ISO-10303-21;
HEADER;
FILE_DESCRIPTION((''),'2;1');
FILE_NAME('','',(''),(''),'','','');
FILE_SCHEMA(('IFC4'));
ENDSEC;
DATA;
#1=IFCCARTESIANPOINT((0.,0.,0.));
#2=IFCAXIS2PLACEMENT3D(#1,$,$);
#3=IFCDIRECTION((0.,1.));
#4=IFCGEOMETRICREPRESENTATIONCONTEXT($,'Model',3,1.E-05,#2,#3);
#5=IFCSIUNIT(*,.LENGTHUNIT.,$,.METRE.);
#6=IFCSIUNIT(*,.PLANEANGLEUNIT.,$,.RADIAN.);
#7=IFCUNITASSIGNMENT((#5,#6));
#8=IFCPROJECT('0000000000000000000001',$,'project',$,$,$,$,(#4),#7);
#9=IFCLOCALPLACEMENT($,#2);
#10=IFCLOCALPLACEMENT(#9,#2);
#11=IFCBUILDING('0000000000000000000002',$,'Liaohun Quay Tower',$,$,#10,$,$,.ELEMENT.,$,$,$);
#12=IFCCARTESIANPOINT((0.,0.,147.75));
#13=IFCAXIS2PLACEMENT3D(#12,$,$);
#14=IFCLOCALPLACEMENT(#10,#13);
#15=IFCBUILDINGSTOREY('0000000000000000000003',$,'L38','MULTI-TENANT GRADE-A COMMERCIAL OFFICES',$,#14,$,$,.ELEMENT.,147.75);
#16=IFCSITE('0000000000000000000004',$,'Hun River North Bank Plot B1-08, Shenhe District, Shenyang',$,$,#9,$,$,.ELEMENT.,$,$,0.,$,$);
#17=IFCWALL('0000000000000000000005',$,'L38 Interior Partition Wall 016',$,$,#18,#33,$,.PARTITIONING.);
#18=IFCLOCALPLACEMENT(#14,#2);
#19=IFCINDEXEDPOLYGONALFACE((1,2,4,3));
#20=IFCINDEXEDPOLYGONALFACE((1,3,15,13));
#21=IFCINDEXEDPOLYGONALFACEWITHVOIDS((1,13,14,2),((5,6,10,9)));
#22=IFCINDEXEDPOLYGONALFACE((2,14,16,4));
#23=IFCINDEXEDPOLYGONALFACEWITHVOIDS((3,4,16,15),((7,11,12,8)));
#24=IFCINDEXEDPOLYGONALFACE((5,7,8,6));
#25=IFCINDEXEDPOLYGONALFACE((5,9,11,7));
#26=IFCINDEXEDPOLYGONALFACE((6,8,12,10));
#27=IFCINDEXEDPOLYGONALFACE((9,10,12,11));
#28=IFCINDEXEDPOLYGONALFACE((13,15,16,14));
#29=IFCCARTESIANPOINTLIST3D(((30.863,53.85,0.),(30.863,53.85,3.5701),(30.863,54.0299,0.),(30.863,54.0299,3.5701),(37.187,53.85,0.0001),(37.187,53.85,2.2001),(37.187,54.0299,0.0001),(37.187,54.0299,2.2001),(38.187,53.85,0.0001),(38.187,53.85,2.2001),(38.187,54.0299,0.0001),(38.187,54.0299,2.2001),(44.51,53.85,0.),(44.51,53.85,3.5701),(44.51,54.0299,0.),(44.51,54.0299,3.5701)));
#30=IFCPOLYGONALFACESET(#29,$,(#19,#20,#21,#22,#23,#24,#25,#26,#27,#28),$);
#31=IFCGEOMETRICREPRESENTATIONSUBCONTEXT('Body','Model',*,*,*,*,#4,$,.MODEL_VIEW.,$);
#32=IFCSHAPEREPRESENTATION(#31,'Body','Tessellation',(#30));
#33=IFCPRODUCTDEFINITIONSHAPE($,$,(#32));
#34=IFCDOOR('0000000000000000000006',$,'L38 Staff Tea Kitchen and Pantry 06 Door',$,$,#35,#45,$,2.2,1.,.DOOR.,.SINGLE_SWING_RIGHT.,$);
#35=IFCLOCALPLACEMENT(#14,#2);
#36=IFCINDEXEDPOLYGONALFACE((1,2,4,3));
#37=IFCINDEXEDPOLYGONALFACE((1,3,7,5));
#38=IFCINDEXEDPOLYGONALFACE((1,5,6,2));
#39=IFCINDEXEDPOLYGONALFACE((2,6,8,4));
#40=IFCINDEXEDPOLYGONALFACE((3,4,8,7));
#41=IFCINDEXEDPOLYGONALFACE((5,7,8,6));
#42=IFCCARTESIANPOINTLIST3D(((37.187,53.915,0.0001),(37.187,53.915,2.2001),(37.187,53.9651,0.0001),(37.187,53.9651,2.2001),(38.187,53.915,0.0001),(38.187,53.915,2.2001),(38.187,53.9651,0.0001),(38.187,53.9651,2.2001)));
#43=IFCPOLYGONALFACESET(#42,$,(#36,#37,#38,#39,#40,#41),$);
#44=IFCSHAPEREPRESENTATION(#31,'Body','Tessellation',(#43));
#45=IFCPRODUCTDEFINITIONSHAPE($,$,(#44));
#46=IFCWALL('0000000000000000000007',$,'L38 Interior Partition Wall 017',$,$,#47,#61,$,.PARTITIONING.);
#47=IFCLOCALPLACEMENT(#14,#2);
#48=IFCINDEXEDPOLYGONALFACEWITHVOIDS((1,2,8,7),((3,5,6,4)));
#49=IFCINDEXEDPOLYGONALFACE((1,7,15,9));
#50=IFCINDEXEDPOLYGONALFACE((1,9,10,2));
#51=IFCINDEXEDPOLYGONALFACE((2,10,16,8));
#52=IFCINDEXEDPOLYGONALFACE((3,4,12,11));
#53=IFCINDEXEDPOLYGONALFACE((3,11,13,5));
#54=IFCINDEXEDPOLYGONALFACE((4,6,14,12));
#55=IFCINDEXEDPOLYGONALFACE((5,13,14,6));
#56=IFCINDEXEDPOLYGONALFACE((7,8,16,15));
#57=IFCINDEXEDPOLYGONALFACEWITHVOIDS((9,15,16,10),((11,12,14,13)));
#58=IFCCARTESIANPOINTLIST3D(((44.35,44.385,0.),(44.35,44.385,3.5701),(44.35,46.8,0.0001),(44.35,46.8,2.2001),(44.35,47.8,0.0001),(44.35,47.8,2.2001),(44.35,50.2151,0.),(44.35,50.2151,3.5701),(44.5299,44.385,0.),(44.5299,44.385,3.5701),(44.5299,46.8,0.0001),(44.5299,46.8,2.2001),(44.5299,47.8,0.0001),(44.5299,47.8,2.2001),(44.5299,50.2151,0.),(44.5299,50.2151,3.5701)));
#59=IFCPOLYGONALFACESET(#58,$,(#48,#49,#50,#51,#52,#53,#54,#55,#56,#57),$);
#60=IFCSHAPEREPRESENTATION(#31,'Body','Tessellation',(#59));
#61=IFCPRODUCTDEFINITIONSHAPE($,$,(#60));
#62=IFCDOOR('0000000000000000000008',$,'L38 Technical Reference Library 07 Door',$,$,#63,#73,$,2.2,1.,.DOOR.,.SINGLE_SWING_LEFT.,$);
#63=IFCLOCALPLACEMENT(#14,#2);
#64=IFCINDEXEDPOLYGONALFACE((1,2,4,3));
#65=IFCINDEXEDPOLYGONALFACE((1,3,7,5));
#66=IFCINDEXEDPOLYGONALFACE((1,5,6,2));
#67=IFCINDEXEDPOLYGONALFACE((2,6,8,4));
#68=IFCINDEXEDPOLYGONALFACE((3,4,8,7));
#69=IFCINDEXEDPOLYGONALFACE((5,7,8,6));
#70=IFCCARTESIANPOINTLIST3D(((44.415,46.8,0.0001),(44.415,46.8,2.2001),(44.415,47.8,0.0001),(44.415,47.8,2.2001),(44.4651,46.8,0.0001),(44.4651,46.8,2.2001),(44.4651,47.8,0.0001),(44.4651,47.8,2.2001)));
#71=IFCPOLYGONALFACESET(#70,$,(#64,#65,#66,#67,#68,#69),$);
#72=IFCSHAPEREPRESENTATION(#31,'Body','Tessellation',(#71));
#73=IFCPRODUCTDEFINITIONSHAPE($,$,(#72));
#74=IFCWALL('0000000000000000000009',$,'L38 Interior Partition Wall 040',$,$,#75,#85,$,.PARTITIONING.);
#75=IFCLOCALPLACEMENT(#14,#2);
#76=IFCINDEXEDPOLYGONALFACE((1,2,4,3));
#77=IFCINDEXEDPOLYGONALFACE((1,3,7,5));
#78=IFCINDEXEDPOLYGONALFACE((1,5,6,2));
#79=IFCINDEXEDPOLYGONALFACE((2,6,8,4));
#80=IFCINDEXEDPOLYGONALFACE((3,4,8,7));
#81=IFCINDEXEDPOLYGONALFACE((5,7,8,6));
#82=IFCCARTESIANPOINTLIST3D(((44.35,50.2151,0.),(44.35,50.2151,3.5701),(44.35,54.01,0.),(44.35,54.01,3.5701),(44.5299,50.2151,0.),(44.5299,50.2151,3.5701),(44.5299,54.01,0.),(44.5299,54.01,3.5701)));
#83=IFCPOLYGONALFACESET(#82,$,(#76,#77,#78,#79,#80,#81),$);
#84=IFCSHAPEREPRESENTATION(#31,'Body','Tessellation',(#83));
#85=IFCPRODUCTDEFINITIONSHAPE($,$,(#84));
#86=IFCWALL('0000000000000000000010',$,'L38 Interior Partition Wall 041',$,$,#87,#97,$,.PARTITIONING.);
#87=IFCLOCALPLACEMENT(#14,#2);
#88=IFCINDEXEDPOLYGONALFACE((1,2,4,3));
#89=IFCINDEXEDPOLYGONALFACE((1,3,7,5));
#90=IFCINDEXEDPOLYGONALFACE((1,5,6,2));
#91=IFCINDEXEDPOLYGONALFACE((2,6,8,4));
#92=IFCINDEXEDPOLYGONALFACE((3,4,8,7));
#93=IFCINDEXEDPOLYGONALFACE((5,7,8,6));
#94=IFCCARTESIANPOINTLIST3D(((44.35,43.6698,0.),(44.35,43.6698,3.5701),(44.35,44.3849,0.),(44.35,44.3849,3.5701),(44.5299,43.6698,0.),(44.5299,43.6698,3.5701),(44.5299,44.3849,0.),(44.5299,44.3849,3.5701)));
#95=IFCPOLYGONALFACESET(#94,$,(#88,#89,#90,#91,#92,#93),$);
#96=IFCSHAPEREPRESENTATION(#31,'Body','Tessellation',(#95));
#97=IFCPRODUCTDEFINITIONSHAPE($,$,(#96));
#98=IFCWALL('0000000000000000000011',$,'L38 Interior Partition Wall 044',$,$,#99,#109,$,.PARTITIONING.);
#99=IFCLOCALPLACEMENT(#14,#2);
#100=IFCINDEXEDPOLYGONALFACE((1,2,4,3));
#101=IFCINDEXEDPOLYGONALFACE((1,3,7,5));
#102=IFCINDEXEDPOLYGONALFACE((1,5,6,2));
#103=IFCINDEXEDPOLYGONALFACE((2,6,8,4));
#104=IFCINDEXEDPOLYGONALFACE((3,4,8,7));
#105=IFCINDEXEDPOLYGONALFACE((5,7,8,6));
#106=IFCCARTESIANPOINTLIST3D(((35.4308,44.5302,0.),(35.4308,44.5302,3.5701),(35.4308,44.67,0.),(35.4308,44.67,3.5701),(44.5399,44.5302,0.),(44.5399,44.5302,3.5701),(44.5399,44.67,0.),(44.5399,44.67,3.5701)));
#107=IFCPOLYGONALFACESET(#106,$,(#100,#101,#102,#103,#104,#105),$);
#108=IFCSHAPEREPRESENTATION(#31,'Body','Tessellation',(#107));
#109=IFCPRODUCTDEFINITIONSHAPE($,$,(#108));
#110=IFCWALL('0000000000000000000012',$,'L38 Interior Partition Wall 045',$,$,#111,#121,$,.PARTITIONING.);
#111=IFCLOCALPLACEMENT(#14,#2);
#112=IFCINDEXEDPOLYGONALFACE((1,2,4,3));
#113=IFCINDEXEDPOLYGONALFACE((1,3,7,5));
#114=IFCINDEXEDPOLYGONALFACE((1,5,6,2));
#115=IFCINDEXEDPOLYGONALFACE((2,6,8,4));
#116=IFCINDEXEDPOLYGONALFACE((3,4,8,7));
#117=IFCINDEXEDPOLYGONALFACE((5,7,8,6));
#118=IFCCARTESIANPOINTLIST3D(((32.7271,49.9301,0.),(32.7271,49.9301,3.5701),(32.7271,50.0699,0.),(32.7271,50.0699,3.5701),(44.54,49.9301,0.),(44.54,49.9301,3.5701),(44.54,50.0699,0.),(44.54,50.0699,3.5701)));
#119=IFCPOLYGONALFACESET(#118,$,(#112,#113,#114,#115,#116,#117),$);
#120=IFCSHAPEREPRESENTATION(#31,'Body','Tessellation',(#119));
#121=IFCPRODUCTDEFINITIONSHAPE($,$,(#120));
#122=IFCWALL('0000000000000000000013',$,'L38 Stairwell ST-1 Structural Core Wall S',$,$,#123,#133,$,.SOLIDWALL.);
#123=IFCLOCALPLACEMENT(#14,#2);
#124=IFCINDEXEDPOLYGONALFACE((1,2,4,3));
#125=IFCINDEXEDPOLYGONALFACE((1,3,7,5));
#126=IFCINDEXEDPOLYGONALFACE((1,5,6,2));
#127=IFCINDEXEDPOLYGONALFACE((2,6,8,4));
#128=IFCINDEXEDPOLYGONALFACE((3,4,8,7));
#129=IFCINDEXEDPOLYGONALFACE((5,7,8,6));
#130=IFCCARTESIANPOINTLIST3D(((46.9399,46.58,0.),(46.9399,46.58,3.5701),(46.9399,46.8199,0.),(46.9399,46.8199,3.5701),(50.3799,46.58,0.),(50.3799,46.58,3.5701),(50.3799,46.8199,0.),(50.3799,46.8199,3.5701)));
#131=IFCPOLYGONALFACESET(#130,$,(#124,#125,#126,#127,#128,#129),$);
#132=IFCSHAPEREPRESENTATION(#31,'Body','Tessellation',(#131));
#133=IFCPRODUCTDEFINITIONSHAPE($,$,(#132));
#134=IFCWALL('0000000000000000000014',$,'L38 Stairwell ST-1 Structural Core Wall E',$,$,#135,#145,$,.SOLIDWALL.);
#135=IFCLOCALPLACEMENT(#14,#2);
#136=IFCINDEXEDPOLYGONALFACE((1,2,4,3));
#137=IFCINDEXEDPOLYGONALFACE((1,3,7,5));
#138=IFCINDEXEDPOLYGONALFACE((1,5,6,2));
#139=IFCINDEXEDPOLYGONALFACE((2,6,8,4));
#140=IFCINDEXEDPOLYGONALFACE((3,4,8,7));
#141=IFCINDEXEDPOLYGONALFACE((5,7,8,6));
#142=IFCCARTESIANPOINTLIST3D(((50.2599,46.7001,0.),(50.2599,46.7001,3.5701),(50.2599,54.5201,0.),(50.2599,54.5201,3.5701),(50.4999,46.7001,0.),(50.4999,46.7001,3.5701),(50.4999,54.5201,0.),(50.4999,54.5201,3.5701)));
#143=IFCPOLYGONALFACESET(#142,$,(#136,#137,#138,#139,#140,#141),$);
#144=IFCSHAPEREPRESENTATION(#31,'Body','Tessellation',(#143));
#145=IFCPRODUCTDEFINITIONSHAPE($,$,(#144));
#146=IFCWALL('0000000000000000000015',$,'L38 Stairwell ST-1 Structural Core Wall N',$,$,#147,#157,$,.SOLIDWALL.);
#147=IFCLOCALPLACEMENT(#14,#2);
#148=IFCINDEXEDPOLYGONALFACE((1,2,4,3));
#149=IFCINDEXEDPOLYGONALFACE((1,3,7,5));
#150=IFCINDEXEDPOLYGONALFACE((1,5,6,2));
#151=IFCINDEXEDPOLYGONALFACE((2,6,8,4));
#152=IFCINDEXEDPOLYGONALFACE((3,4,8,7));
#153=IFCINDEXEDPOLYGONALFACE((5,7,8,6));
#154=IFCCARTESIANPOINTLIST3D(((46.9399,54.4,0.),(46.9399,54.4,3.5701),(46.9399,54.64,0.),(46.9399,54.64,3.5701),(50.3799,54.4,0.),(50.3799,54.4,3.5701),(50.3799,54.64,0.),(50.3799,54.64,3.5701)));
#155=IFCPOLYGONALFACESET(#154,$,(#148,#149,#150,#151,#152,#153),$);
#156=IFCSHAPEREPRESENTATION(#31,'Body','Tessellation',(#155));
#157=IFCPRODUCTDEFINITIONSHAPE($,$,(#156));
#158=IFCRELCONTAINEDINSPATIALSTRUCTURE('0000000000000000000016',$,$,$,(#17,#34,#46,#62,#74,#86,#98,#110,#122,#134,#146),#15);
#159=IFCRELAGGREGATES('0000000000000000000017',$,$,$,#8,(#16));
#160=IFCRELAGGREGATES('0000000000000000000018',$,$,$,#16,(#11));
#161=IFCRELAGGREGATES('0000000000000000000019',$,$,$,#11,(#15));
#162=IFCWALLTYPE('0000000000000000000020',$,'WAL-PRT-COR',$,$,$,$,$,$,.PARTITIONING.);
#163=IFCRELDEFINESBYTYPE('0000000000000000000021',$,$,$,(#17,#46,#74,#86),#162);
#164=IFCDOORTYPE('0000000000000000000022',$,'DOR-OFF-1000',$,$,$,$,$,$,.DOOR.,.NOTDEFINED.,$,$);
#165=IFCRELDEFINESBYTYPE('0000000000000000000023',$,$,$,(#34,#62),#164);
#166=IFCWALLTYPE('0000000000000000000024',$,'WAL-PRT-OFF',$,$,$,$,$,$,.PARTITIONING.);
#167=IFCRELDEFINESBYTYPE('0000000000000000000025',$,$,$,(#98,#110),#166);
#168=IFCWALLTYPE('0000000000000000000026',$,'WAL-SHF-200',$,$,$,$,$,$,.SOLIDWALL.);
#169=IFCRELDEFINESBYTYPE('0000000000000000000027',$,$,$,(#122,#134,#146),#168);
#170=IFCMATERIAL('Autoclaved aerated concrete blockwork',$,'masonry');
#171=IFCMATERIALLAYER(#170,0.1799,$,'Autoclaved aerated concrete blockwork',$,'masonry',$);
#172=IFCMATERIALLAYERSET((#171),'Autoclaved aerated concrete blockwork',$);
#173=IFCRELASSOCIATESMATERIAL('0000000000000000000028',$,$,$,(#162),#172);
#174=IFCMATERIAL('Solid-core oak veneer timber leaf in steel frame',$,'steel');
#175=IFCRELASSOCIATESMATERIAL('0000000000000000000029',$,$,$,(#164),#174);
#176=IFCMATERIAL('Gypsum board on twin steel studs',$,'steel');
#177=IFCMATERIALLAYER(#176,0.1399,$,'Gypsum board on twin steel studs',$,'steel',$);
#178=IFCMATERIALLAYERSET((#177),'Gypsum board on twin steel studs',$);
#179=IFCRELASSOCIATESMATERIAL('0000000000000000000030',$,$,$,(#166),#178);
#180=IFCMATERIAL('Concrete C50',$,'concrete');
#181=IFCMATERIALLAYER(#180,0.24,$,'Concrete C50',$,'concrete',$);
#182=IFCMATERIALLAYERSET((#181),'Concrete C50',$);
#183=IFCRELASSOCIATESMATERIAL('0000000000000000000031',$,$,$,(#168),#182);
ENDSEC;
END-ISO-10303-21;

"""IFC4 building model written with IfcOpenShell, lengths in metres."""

from ifc_helpers import new_model, si_unit, direction, frame, frame_2d, origin, place, context, subcontext, project, spatial, rectangle, extrude, source, transform, mapped, material, layer, layer_set, type_object, element, fill, save


model = new_model("IFC4")

# Units and contexts
model_context = context("Model", 3, precision=1e-05, world=origin(), true_north=direction((0.0, 1.0)))
body_context = subcontext(model_context, "Body", "Model", "MODEL_VIEW")
ifc_project = project(units=[si_unit("LENGTHUNIT", "METRE"), si_unit("PLANEANGLEUNIT", "RADIAN")], contexts=[model_context])

# Site, building, storey
site_placement = place(None, origin())
site = spatial("IfcSite", under=ifc_project, at=site_placement, Name="Hun River North Bank Plot B1-08, Shenhe District, Shenyang", CompositionType="ELEMENT", RefElevation=0.0)
building_placement = place(site_placement, origin())
building = spatial("IfcBuilding", under=site, at=building_placement, Name="Liaohun Quay Tower", CompositionType="ELEMENT")
storey_placement = place(building_placement, frame((0.0, 0.0, 147.75)))
storey = spatial("IfcBuildingStorey", under=building, at=storey_placement, Name="L38", Description="MULTI-TENANT GRADE-A COMMERCIAL OFFICES", CompositionType="ELEMENT", Elevation=147.75)

# Walls, openings, doors
ifc_material_1 = material(Name="Autoclaved aerated concrete blockwork", Category="masonry")
ifc_layer_1 = layer(ifc_material_1, 0.1799, Name="Autoclaved aerated concrete blockwork", Category="masonry")
ifc_layer_set_1 = layer_set([ifc_layer_1], Name="Autoclaved aerated concrete blockwork")
wall_type_1 = type_object("IfcWallType", Name="WAL-PRT-COR", PredefinedType="PARTITIONING", material=ifc_layer_set_1)
wall_1_placement = place(storey_placement, frame((44.51, 53.9399, 0.0), z_axis=(0.0, 0.0, 1.0), x_axis=(-1.0, 0.0, 0.0)))
wall_1 = element("IfcWall", 1, at=wall_1_placement, inside=storey, type_object=wall_type_1, Name="L38 Interior Partition Wall 016", PredefinedType="PARTITIONING", context=body_context, shape_type="SweptSolid", body=[
    extrude(rectangle(XDim=13.647, YDim=0.1799, at=frame_2d((6.8235, 0.0))), origin(), (0.0, 0.0, 1.0), 3.5701),
])
shared_shape_1 = source(origin(), body_context, "Body", "SweptSolid", [
    extrude(rectangle(XDim=1.0, YDim=2.2, at=frame_2d((0.5, 1.1001))), frame((0.0, 0.0999, 0.0), z_axis=(0.0, -1.0, 0.0), x_axis=(1.0, 0.0, 0.0)), (0.0, 0.0, 1.0), 0.2),
])
opening_1_placement = place(wall_1_placement, frame((6.323, 0.0, 0.0)))
opening_1 = element("IfcOpeningElement", 2, at=opening_1_placement, cuts=wall_1, PredefinedType="OPENING", context=body_context, shape_type="MappedRepresentation", body=[
    mapped(shared_shape_1, transform((0.0, 0.0, 0.0), x_axis=(1.0, 0.0, 0.0), y_axis=(0.0, 1.0, 0.0), z_axis=(0.0, 0.0, 1.0), scale=1.0)),
])
ifc_material_2 = material(Name="Solid-core oak veneer timber leaf in steel frame", Category="steel")
door_type_1 = type_object("IfcDoorType", Name="DOR-OFF-1000", OperationType="NOTDEFINED", PredefinedType="DOOR", material=ifc_material_2)
shared_shape_2 = source(origin(), body_context, "Body", "SweptSolid", [
    extrude(rectangle(XDim=1.0, YDim=2.2, at=frame_2d((0.5, 1.1001))), frame((0.0, 0.0249, 0.0), z_axis=(0.0, -1.0, 0.0), x_axis=(1.0, 0.0, 0.0)), (0.0, 0.0, 1.0), 0.05),
])
door_1_placement = place(opening_1_placement, origin())
door_1 = element("IfcDoor", 3, at=door_1_placement, inside=storey, type_object=door_type_1, Name="L38 Staff Tea Kitchen and Pantry 06 Door", OperationType="SINGLE_SWING_RIGHT", OverallHeight=2.2, OverallWidth=1.0, PredefinedType="DOOR", context=body_context, shape_type="MappedRepresentation", body=[
    mapped(shared_shape_2, transform((0.0, 0.0, 0.0), x_axis=(1.0, 0.0, 0.0), y_axis=(0.0, 1.0, 0.0), z_axis=(0.0, 0.0, 1.0), scale=1.0)),
])
fill(opening_1, door_1)
wall_2_placement = place(storey_placement, frame((44.4399, 44.385, 0.0), z_axis=(0.0, 0.0, 1.0), x_axis=(0.0, 1.0, 0.0)))
wall_2 = element("IfcWall", 4, at=wall_2_placement, inside=storey, type_object=wall_type_1, Name="L38 Interior Partition Wall 017", PredefinedType="PARTITIONING", context=body_context, shape_type="SweptSolid", body=[
    extrude(rectangle(XDim=5.8301, YDim=0.1799, at=frame_2d((2.915, 0.0))), origin(), (0.0, 0.0, 1.0), 3.5701),
])
opening_2_placement = place(wall_2_placement, frame((2.415, 0.0, 0.0)))
opening_2 = element("IfcOpeningElement", 5, at=opening_2_placement, cuts=wall_2, PredefinedType="OPENING", context=body_context, shape_type="MappedRepresentation", body=[
    mapped(shared_shape_1, transform((0.0, 0.0, 0.0), x_axis=(1.0, 0.0, 0.0), y_axis=(0.0, 1.0, 0.0), z_axis=(0.0, 0.0, 1.0), scale=1.0)),
])
door_2_placement = place(opening_2_placement, origin())
door_2 = element("IfcDoor", 6, at=door_2_placement, inside=storey, type_object=door_type_1, Name="L38 Technical Reference Library 07 Door", OperationType="SINGLE_SWING_LEFT", OverallHeight=2.2, OverallWidth=1.0, PredefinedType="DOOR", context=body_context, shape_type="MappedRepresentation", body=[
    mapped(shared_shape_2, transform((0.0, 0.0, 0.0), x_axis=(1.0, 0.0, 0.0), y_axis=(0.0, 1.0, 0.0), z_axis=(0.0, 0.0, 1.0), scale=1.0)),
])
fill(opening_2, door_2)

# Walls
wall_3_placement = place(storey_placement, frame((44.4399, 50.2151, 0.0), z_axis=(0.0, 0.0, 1.0), x_axis=(0.0, 1.0, 0.0)))
element("IfcWall", 7, at=wall_3_placement, inside=storey, type_object=wall_type_1, Name="L38 Interior Partition Wall 040", PredefinedType="PARTITIONING", context=body_context, shape_type="SweptSolid", body=[
    extrude(rectangle(XDim=3.7949, YDim=0.1799, at=frame_2d((1.8975, 0.0))), origin(), (0.0, 0.0, 1.0), 3.5701),
])
wall_4_placement = place(storey_placement, frame((44.4399, 43.6699, 0.0), z_axis=(0.0, 0.0, 1.0), x_axis=(0.0, 1.0, 0.0)))
element("IfcWall", 8, at=wall_4_placement, inside=storey, type_object=wall_type_1, Name="L38 Interior Partition Wall 041", PredefinedType="PARTITIONING", context=body_context, shape_type="SweptSolid", body=[
    extrude(rectangle(XDim=0.7151, YDim=0.1799, at=frame_2d((0.3574, 0.0))), origin(), (0.0, 0.0, 1.0), 3.5701),
])
ifc_material_3 = material(Name="Gypsum board on twin steel studs", Category="steel")
ifc_layer_2 = layer(ifc_material_3, 0.1399, Name="Gypsum board on twin steel studs", Category="steel")
ifc_layer_set_2 = layer_set([ifc_layer_2], Name="Gypsum board on twin steel studs")
wall_type_2 = type_object("IfcWallType", Name="WAL-PRT-OFF", PredefinedType="PARTITIONING", material=ifc_layer_set_2)
wall_5_placement = place(storey_placement, frame((44.54, 44.6001, 0.0), z_axis=(0.0, 0.0, 1.0), x_axis=(-1.0, 0.0, 0.0)))
element("IfcWall", 9, at=wall_5_placement, inside=storey, type_object=wall_type_2, Name="L38 Interior Partition Wall 044", PredefinedType="PARTITIONING", context=body_context, shape_type="SweptSolid", body=[
    extrude(rectangle(XDim=9.1091, YDim=0.1399, at=frame_2d((4.5547, 0.0))), origin(), (0.0, 0.0, 1.0), 3.5701),
])
wall_6_placement = place(storey_placement, frame((44.54, 50.0, 0.0), z_axis=(0.0, 0.0, 1.0), x_axis=(-1.0, 0.0, 0.0)))
element("IfcWall", 10, at=wall_6_placement, inside=storey, type_object=wall_type_2, Name="L38 Interior Partition Wall 045", PredefinedType="PARTITIONING", context=body_context, shape_type="SweptSolid", body=[
    extrude(rectangle(XDim=11.813, YDim=0.1399, at=frame_2d((5.9065, 0.0))), origin(), (0.0, 0.0, 1.0), 3.5701),
])
ifc_material_4 = material(Name="Concrete C50", Category="concrete")
ifc_layer_3 = layer(ifc_material_4, 0.24, Name="Concrete C50", Category="concrete")
ifc_layer_set_3 = layer_set([ifc_layer_3], Name="Concrete C50")
wall_type_3 = type_object("IfcWallType", Name="WAL-SHF-200", PredefinedType="SOLIDWALL", material=ifc_layer_set_3)
wall_7_placement = place(storey_placement, frame((46.9399, 46.7, 0.0), z_axis=(0.0, 0.0, 1.0), x_axis=(1.0, 0.0, 0.0)))
element("IfcWall", 11, at=wall_7_placement, inside=storey, type_object=wall_type_3, Name="L38 Stairwell ST-1 Structural Core Wall S", PredefinedType="SOLIDWALL", context=body_context, shape_type="SweptSolid", body=[
    extrude(rectangle(XDim=3.4399, YDim=0.24, at=frame_2d((1.72, 0.0))), origin(), (0.0, 0.0, 1.0), 3.5701),
])
wall_8_placement = place(storey_placement, frame((50.3799, 46.7, 0.0), z_axis=(0.0, 0.0, 1.0), x_axis=(0.0, 1.0, 0.0)))
element("IfcWall", 12, at=wall_8_placement, inside=storey, type_object=wall_type_3, Name="L38 Stairwell ST-1 Structural Core Wall E", PredefinedType="SOLIDWALL", context=body_context, shape_type="SweptSolid", body=[
    extrude(rectangle(XDim=7.8201, YDim=0.24, at=frame_2d((3.9102, 0.0))), origin(), (0.0, 0.0, 1.0), 3.5701),
])
wall_9_placement = place(storey_placement, frame((50.3799, 54.52, 0.0), z_axis=(0.0, 0.0, 1.0), x_axis=(-1.0, 0.0, 0.0)))
element("IfcWall", 13, at=wall_9_placement, inside=storey, type_object=wall_type_3, Name="L38 Stairwell ST-1 Structural Core Wall N", PredefinedType="SOLIDWALL", context=body_context, shape_type="SweptSolid", body=[
    extrude(rectangle(XDim=3.4399, YDim=0.24, at=frame_2d((1.72, 0.0))), origin(), (0.0, 0.0, 1.0), 3.5701),
])

save(model, "model.ifc")
